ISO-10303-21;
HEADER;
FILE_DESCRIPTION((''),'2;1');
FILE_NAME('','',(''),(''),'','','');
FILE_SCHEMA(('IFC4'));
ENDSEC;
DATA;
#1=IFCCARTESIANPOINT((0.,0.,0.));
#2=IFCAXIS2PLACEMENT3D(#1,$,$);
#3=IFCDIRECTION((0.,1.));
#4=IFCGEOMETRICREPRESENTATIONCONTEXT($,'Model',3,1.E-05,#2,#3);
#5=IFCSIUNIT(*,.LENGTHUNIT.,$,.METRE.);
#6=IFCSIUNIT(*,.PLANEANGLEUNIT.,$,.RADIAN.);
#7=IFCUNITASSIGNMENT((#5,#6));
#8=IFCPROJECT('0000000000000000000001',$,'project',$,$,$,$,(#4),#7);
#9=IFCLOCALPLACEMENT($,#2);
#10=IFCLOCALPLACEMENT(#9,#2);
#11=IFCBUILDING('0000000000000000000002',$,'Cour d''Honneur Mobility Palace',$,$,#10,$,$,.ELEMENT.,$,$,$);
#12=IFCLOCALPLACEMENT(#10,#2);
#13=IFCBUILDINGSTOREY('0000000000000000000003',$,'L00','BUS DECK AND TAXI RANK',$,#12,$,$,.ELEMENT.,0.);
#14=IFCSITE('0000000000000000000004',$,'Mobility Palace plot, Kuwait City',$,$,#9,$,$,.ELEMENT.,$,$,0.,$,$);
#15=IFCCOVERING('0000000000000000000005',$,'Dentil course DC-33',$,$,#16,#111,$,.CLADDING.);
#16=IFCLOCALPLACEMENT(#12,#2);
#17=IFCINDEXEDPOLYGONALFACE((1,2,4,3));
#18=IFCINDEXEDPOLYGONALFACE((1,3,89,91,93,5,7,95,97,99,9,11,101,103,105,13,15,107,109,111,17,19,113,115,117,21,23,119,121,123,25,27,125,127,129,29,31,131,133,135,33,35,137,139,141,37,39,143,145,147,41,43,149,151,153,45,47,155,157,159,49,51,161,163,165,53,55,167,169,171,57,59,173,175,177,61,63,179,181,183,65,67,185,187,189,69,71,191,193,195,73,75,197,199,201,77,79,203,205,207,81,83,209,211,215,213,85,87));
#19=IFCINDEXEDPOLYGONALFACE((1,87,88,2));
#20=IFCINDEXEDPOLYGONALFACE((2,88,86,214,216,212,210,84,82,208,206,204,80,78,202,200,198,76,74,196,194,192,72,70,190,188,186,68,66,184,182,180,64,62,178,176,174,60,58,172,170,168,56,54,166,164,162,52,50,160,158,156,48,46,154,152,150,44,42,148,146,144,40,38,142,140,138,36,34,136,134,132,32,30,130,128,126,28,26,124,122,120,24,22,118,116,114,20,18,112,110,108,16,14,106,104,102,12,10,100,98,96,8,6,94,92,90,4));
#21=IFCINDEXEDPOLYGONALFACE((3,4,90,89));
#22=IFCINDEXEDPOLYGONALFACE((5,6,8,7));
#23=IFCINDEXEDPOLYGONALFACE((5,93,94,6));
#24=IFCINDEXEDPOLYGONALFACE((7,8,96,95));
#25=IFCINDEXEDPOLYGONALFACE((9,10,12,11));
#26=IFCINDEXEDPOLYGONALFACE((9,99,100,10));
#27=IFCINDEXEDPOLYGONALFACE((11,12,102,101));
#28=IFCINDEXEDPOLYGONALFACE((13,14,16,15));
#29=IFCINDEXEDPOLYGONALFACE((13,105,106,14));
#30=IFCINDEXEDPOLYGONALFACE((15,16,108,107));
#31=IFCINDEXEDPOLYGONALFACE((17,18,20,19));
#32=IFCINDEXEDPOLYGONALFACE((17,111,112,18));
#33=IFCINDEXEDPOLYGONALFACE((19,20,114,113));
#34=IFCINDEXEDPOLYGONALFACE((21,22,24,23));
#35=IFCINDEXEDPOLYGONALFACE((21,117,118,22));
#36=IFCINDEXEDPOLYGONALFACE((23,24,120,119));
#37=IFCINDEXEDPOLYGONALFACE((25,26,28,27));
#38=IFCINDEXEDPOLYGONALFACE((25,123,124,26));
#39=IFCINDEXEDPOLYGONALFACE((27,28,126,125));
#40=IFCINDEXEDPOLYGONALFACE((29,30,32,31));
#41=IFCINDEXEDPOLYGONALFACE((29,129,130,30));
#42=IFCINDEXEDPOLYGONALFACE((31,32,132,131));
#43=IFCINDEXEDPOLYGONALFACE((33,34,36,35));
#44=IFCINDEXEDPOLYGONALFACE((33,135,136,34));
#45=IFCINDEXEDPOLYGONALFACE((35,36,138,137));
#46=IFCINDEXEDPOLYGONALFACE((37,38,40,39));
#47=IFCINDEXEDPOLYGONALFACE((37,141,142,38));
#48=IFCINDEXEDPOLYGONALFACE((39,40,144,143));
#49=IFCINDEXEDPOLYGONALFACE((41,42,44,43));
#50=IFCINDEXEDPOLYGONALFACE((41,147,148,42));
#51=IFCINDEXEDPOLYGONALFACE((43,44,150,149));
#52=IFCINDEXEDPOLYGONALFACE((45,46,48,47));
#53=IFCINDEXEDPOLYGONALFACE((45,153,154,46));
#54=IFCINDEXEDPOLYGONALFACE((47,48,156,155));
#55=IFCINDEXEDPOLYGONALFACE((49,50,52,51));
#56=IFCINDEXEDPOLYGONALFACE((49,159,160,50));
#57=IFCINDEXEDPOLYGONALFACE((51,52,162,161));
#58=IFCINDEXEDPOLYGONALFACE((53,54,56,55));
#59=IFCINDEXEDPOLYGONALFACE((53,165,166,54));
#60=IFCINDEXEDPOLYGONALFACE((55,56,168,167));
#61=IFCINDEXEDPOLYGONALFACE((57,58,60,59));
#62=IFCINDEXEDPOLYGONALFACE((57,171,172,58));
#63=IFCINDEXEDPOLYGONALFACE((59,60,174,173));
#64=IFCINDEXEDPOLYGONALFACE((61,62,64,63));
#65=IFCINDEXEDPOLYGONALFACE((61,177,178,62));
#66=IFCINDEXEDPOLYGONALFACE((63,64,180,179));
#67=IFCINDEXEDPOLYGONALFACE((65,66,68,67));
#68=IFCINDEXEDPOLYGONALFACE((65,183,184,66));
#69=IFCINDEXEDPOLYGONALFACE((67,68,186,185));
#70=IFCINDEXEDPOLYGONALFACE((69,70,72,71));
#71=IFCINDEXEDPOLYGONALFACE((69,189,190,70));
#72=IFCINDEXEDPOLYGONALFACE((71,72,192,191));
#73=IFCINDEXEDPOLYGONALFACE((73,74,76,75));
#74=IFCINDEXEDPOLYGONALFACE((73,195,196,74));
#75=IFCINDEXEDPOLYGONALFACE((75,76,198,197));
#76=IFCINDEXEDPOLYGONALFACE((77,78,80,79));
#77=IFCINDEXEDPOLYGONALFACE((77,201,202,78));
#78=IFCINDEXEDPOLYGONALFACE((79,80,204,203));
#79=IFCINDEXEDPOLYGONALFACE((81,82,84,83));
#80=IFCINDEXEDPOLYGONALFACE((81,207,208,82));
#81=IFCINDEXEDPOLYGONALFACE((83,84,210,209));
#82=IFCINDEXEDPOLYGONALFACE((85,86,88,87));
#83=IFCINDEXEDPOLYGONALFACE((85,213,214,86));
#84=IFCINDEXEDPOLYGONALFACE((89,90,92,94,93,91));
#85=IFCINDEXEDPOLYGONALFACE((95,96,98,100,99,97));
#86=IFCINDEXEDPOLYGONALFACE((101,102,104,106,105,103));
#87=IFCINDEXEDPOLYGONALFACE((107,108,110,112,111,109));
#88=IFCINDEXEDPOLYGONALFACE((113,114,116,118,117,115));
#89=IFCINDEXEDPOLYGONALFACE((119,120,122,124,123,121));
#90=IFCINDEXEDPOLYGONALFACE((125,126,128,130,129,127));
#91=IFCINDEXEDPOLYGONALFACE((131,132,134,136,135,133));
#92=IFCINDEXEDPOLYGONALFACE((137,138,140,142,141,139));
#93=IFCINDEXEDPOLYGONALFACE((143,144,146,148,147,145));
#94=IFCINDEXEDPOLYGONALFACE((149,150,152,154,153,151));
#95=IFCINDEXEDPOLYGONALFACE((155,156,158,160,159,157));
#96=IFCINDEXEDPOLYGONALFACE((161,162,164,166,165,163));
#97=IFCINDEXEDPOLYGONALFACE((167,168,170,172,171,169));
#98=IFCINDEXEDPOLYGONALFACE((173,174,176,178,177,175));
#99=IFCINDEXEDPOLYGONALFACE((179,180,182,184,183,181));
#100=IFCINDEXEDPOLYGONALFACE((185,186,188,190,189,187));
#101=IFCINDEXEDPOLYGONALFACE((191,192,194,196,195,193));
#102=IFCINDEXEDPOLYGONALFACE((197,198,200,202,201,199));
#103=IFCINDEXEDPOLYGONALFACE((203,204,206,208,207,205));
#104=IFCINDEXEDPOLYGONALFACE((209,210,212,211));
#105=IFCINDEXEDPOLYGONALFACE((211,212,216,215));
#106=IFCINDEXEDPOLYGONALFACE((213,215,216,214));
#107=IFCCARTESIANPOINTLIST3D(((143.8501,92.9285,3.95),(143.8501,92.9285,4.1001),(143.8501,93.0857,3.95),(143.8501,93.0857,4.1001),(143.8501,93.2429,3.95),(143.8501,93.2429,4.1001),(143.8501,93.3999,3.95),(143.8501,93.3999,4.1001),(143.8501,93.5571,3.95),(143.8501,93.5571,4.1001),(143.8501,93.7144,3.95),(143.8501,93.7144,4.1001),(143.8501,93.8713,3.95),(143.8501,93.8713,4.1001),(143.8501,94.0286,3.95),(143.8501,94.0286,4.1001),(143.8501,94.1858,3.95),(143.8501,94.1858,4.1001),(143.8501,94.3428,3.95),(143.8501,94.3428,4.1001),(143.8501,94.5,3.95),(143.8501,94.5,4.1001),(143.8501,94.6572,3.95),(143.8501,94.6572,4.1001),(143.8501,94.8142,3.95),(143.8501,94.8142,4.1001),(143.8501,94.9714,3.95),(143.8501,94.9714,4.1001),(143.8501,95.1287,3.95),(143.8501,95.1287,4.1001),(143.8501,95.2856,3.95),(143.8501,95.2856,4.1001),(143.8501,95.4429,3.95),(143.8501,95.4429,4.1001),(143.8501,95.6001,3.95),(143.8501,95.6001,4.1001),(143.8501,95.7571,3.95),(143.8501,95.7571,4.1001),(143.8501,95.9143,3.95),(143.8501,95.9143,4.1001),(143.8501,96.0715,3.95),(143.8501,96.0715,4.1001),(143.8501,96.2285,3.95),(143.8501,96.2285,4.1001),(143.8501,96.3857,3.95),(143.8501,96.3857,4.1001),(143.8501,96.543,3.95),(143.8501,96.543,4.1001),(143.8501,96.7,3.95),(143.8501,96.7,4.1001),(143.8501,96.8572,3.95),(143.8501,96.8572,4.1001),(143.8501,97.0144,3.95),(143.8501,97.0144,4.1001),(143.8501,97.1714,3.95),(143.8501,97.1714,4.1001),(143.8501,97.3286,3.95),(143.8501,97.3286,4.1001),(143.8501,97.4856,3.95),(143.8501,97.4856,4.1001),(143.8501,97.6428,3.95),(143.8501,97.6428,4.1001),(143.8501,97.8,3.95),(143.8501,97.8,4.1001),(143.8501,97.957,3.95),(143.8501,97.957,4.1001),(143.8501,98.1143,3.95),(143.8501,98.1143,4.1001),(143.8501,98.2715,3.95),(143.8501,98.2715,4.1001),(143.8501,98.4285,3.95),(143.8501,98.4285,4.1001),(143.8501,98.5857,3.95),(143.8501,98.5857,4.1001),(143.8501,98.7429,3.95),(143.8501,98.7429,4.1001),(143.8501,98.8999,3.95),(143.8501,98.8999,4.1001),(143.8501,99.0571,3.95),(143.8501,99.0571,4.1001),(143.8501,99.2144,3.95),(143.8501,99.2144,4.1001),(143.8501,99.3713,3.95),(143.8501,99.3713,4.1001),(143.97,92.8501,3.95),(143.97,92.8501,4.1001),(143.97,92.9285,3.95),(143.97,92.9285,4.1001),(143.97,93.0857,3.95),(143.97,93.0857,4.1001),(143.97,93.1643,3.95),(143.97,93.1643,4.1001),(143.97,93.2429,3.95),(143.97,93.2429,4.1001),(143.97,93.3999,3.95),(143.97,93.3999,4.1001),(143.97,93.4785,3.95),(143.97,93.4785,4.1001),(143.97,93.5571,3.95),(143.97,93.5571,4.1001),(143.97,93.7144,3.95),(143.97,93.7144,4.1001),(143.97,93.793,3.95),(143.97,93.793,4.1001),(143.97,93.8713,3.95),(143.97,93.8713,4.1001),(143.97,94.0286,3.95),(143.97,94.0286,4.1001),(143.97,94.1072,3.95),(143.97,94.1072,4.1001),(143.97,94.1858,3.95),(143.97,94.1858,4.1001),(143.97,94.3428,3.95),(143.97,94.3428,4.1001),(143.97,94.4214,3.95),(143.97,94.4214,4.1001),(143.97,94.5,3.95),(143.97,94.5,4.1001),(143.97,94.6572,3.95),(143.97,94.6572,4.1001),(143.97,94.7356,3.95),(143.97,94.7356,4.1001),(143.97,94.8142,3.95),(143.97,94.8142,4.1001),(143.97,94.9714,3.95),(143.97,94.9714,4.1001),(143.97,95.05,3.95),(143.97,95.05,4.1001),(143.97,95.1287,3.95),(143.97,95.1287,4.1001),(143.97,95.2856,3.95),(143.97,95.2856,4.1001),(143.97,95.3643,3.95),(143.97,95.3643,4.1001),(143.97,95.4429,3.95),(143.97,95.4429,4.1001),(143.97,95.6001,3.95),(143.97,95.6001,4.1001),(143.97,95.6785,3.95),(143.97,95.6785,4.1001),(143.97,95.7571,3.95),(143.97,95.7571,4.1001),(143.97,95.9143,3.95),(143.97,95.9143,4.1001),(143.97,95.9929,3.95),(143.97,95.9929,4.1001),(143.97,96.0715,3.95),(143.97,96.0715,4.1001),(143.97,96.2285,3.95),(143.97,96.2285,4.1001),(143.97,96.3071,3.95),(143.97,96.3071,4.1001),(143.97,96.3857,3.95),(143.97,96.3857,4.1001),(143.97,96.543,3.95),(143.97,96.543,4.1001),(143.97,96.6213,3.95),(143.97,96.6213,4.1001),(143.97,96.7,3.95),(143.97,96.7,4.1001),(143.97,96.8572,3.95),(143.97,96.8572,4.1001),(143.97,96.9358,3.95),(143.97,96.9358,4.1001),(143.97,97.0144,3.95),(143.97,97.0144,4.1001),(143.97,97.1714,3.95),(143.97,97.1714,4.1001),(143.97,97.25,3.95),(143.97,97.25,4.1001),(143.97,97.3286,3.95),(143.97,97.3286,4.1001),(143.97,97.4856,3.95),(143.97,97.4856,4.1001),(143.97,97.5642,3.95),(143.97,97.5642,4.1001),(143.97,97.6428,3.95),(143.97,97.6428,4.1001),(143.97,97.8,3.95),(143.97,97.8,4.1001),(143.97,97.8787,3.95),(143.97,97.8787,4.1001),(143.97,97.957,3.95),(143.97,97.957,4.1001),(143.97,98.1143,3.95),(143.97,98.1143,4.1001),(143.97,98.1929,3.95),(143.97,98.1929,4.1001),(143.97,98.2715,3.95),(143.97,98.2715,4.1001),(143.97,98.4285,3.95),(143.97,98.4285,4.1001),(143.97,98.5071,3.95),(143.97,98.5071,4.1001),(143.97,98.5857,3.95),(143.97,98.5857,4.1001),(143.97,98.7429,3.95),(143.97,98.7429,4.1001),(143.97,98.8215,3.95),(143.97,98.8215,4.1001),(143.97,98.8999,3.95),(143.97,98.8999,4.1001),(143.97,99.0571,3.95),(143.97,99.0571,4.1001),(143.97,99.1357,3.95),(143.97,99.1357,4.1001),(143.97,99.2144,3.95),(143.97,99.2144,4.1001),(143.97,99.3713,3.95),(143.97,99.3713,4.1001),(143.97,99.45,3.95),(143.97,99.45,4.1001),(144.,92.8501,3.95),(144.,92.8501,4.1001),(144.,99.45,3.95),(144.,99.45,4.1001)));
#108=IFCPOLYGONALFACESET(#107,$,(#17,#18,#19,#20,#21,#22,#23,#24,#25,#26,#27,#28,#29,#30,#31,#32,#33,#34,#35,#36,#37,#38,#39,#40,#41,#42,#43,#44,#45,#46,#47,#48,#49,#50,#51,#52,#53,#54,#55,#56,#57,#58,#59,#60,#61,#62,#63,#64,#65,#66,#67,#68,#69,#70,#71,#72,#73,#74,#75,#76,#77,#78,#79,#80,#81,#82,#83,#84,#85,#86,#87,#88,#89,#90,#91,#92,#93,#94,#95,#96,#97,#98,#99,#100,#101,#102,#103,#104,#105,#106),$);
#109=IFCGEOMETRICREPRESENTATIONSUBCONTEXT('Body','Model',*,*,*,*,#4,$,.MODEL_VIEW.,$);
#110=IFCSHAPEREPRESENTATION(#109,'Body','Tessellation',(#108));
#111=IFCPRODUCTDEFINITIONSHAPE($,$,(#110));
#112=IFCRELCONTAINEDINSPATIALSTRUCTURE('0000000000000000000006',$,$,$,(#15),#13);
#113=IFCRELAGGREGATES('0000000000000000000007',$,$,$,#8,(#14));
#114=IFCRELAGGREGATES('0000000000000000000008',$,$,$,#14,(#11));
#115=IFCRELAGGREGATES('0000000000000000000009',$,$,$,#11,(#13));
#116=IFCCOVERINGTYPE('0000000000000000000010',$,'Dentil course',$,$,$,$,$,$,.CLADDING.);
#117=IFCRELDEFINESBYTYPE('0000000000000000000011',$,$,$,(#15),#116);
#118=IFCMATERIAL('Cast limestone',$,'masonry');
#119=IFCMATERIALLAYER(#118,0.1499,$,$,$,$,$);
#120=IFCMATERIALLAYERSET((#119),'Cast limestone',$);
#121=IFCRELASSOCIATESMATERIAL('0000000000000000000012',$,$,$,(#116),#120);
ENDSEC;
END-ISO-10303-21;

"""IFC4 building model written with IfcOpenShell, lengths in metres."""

from ifc_helpers import new_model, si_unit, direction, frame, origin, place, context, subcontext, project, spatial, polyline, outline, extrude, material, layer, layer_set, type_object, element, save


model = new_model("IFC4")

# Units and contexts
model_context = context("Model", 3, precision=1e-05, world=origin(), true_north=direction((0.0, 1.0)))
body_context = subcontext(model_context, "Body", "Model", "MODEL_VIEW")
ifc_project = project(units=[si_unit("LENGTHUNIT", "METRE"), si_unit("PLANEANGLEUNIT", "RADIAN")], contexts=[model_context])

# Site, building, storey
site_placement = place(None, origin())
site = spatial("IfcSite", under=ifc_project, at=site_placement, Name="Mobility Palace plot, Kuwait City", CompositionType="ELEMENT", RefElevation=0.0)
building_placement = place(site_placement, origin())
building = spatial("IfcBuilding", under=site, at=building_placement, Name="Cour d'Honneur Mobility Palace", CompositionType="ELEMENT")
storey_placement = place(building_placement, origin())
storey = spatial("IfcBuildingStorey", under=building, at=storey_placement, Name="L00", Description="BUS DECK AND TAXI RANK", CompositionType="ELEMENT", Elevation=0.0)

# Covering
ifc_material = material(Name="Cast limestone", Category="masonry")
ifc_layer = layer(ifc_material, 0.1499)
ifc_layer_set = layer_set([ifc_layer], Name="Cast limestone")
covering_type = type_object("IfcCoveringType", Name="Dentil course", PredefinedType="CLADDING", material=ifc_layer_set)
covering_1_placement = place(storey_placement, frame((0.0, 0.0, 3.95)))
element("IfcCovering", 1, at=covering_1_placement, inside=storey, type_object=covering_type, Name="Dentil course DC-33", PredefinedType="CLADDING", context=body_context, shape_type="SweptSolid", body=[
    extrude(outline(polyline([(144.0, 99.45), (144.0, 92.8501), (143.97, 92.8501), (143.97, 92.8501), (143.97, 92.9285), (143.8501, 92.9285), (143.8501, 93.0857), (143.97, 93.0857), (143.97, 93.1643), (143.97, 93.1643), (143.97, 93.2429), (143.8501, 93.2429), (143.8501, 93.3999), (143.97, 93.3999), (143.97, 93.4785), (143.97, 93.4785), (143.97, 93.5571), (143.8501, 93.5571), (143.8501, 93.7144), (143.97, 93.7144), (143.97, 93.793), (143.97, 93.793), (143.97, 93.8713), (143.8501, 93.8713), (143.8501, 94.0286), (143.97, 94.0286), (143.97, 94.1072), (143.97, 94.1072), (143.97, 94.1858), (143.8501, 94.1858), (143.8501, 94.3428), (143.97, 94.3428), (143.97, 94.4214), (143.97, 94.4214), (143.97, 94.5), (143.8501, 94.5), (143.8501, 94.6572), (143.97, 94.6572), (143.97, 94.7356), (143.97, 94.7356), (143.97, 94.8142), (143.8501, 94.8142), (143.8501, 94.9714), (143.97, 94.9714), (143.97, 95.05), (143.97, 95.05), (143.97, 95.1287), (143.8501, 95.1287), (143.8501, 95.2856), (143.97, 95.2856), (143.97, 95.3643), (143.97, 95.3643), (143.97, 95.4429), (143.8501, 95.4429), (143.8501, 95.6001), (143.97, 95.6001), (143.97, 95.6785), (143.97, 95.6785), (143.97, 95.7571), (143.8501, 95.7571), (143.8501, 95.9143), (143.97, 95.9143), (143.97, 95.9929), (143.97, 95.9929), (143.97, 96.0715), (143.8501, 96.0715), (143.8501, 96.2285), (143.97, 96.2285), (143.97, 96.3071), (143.97, 96.3071), (143.97, 96.3857), (143.8501, 96.3857), (143.8501, 96.543), (143.97, 96.543), (143.97, 96.6213), (143.97, 96.6213), (143.97, 96.7), (143.8501, 96.7), (143.8501, 96.8572), (143.97, 96.8572), (143.97, 96.9358), (143.97, 96.9358), (143.97, 97.0144), (143.8501, 97.0144), (143.8501, 97.1714), (143.97, 97.1714), (143.97, 97.25), (143.97, 97.25), (143.97, 97.3286), (143.8501, 97.3286), (143.8501, 97.4856), (143.97, 97.4856), (143.97, 97.5642), (143.97, 97.5642), (143.97, 97.6428), (143.8501, 97.6428), (143.8501, 97.8), (143.97, 97.8), (143.97, 97.8787), (143.97, 97.8787), (143.97, 97.957), (143.8501, 97.957), (143.8501, 98.1143), (143.97, 98.1143), (143.97, 98.1929), (143.97, 98.1929), (143.97, 98.2715), (143.8501, 98.2715), (143.8501, 98.4285), (143.97, 98.4285), (143.97, 98.5071), (143.97, 98.5071), (143.97, 98.5857), (143.8501, 98.5857), (143.8501, 98.7429), (143.97, 98.7429), (143.97, 98.8215), (143.97, 98.8215), (143.97, 98.8999), (143.8501, 98.8999), (143.8501, 99.0571), (143.97, 99.0571), (143.97, 99.1357), (143.97, 99.1357), (143.97, 99.2144), (143.8501, 99.2144), (143.8501, 99.3713), (143.97, 99.3713), (143.97, 99.45), (144.0, 99.45)])), origin(), (0.0, 0.0, 1.0), 0.1501),
])

save(model, "model.ifc")
